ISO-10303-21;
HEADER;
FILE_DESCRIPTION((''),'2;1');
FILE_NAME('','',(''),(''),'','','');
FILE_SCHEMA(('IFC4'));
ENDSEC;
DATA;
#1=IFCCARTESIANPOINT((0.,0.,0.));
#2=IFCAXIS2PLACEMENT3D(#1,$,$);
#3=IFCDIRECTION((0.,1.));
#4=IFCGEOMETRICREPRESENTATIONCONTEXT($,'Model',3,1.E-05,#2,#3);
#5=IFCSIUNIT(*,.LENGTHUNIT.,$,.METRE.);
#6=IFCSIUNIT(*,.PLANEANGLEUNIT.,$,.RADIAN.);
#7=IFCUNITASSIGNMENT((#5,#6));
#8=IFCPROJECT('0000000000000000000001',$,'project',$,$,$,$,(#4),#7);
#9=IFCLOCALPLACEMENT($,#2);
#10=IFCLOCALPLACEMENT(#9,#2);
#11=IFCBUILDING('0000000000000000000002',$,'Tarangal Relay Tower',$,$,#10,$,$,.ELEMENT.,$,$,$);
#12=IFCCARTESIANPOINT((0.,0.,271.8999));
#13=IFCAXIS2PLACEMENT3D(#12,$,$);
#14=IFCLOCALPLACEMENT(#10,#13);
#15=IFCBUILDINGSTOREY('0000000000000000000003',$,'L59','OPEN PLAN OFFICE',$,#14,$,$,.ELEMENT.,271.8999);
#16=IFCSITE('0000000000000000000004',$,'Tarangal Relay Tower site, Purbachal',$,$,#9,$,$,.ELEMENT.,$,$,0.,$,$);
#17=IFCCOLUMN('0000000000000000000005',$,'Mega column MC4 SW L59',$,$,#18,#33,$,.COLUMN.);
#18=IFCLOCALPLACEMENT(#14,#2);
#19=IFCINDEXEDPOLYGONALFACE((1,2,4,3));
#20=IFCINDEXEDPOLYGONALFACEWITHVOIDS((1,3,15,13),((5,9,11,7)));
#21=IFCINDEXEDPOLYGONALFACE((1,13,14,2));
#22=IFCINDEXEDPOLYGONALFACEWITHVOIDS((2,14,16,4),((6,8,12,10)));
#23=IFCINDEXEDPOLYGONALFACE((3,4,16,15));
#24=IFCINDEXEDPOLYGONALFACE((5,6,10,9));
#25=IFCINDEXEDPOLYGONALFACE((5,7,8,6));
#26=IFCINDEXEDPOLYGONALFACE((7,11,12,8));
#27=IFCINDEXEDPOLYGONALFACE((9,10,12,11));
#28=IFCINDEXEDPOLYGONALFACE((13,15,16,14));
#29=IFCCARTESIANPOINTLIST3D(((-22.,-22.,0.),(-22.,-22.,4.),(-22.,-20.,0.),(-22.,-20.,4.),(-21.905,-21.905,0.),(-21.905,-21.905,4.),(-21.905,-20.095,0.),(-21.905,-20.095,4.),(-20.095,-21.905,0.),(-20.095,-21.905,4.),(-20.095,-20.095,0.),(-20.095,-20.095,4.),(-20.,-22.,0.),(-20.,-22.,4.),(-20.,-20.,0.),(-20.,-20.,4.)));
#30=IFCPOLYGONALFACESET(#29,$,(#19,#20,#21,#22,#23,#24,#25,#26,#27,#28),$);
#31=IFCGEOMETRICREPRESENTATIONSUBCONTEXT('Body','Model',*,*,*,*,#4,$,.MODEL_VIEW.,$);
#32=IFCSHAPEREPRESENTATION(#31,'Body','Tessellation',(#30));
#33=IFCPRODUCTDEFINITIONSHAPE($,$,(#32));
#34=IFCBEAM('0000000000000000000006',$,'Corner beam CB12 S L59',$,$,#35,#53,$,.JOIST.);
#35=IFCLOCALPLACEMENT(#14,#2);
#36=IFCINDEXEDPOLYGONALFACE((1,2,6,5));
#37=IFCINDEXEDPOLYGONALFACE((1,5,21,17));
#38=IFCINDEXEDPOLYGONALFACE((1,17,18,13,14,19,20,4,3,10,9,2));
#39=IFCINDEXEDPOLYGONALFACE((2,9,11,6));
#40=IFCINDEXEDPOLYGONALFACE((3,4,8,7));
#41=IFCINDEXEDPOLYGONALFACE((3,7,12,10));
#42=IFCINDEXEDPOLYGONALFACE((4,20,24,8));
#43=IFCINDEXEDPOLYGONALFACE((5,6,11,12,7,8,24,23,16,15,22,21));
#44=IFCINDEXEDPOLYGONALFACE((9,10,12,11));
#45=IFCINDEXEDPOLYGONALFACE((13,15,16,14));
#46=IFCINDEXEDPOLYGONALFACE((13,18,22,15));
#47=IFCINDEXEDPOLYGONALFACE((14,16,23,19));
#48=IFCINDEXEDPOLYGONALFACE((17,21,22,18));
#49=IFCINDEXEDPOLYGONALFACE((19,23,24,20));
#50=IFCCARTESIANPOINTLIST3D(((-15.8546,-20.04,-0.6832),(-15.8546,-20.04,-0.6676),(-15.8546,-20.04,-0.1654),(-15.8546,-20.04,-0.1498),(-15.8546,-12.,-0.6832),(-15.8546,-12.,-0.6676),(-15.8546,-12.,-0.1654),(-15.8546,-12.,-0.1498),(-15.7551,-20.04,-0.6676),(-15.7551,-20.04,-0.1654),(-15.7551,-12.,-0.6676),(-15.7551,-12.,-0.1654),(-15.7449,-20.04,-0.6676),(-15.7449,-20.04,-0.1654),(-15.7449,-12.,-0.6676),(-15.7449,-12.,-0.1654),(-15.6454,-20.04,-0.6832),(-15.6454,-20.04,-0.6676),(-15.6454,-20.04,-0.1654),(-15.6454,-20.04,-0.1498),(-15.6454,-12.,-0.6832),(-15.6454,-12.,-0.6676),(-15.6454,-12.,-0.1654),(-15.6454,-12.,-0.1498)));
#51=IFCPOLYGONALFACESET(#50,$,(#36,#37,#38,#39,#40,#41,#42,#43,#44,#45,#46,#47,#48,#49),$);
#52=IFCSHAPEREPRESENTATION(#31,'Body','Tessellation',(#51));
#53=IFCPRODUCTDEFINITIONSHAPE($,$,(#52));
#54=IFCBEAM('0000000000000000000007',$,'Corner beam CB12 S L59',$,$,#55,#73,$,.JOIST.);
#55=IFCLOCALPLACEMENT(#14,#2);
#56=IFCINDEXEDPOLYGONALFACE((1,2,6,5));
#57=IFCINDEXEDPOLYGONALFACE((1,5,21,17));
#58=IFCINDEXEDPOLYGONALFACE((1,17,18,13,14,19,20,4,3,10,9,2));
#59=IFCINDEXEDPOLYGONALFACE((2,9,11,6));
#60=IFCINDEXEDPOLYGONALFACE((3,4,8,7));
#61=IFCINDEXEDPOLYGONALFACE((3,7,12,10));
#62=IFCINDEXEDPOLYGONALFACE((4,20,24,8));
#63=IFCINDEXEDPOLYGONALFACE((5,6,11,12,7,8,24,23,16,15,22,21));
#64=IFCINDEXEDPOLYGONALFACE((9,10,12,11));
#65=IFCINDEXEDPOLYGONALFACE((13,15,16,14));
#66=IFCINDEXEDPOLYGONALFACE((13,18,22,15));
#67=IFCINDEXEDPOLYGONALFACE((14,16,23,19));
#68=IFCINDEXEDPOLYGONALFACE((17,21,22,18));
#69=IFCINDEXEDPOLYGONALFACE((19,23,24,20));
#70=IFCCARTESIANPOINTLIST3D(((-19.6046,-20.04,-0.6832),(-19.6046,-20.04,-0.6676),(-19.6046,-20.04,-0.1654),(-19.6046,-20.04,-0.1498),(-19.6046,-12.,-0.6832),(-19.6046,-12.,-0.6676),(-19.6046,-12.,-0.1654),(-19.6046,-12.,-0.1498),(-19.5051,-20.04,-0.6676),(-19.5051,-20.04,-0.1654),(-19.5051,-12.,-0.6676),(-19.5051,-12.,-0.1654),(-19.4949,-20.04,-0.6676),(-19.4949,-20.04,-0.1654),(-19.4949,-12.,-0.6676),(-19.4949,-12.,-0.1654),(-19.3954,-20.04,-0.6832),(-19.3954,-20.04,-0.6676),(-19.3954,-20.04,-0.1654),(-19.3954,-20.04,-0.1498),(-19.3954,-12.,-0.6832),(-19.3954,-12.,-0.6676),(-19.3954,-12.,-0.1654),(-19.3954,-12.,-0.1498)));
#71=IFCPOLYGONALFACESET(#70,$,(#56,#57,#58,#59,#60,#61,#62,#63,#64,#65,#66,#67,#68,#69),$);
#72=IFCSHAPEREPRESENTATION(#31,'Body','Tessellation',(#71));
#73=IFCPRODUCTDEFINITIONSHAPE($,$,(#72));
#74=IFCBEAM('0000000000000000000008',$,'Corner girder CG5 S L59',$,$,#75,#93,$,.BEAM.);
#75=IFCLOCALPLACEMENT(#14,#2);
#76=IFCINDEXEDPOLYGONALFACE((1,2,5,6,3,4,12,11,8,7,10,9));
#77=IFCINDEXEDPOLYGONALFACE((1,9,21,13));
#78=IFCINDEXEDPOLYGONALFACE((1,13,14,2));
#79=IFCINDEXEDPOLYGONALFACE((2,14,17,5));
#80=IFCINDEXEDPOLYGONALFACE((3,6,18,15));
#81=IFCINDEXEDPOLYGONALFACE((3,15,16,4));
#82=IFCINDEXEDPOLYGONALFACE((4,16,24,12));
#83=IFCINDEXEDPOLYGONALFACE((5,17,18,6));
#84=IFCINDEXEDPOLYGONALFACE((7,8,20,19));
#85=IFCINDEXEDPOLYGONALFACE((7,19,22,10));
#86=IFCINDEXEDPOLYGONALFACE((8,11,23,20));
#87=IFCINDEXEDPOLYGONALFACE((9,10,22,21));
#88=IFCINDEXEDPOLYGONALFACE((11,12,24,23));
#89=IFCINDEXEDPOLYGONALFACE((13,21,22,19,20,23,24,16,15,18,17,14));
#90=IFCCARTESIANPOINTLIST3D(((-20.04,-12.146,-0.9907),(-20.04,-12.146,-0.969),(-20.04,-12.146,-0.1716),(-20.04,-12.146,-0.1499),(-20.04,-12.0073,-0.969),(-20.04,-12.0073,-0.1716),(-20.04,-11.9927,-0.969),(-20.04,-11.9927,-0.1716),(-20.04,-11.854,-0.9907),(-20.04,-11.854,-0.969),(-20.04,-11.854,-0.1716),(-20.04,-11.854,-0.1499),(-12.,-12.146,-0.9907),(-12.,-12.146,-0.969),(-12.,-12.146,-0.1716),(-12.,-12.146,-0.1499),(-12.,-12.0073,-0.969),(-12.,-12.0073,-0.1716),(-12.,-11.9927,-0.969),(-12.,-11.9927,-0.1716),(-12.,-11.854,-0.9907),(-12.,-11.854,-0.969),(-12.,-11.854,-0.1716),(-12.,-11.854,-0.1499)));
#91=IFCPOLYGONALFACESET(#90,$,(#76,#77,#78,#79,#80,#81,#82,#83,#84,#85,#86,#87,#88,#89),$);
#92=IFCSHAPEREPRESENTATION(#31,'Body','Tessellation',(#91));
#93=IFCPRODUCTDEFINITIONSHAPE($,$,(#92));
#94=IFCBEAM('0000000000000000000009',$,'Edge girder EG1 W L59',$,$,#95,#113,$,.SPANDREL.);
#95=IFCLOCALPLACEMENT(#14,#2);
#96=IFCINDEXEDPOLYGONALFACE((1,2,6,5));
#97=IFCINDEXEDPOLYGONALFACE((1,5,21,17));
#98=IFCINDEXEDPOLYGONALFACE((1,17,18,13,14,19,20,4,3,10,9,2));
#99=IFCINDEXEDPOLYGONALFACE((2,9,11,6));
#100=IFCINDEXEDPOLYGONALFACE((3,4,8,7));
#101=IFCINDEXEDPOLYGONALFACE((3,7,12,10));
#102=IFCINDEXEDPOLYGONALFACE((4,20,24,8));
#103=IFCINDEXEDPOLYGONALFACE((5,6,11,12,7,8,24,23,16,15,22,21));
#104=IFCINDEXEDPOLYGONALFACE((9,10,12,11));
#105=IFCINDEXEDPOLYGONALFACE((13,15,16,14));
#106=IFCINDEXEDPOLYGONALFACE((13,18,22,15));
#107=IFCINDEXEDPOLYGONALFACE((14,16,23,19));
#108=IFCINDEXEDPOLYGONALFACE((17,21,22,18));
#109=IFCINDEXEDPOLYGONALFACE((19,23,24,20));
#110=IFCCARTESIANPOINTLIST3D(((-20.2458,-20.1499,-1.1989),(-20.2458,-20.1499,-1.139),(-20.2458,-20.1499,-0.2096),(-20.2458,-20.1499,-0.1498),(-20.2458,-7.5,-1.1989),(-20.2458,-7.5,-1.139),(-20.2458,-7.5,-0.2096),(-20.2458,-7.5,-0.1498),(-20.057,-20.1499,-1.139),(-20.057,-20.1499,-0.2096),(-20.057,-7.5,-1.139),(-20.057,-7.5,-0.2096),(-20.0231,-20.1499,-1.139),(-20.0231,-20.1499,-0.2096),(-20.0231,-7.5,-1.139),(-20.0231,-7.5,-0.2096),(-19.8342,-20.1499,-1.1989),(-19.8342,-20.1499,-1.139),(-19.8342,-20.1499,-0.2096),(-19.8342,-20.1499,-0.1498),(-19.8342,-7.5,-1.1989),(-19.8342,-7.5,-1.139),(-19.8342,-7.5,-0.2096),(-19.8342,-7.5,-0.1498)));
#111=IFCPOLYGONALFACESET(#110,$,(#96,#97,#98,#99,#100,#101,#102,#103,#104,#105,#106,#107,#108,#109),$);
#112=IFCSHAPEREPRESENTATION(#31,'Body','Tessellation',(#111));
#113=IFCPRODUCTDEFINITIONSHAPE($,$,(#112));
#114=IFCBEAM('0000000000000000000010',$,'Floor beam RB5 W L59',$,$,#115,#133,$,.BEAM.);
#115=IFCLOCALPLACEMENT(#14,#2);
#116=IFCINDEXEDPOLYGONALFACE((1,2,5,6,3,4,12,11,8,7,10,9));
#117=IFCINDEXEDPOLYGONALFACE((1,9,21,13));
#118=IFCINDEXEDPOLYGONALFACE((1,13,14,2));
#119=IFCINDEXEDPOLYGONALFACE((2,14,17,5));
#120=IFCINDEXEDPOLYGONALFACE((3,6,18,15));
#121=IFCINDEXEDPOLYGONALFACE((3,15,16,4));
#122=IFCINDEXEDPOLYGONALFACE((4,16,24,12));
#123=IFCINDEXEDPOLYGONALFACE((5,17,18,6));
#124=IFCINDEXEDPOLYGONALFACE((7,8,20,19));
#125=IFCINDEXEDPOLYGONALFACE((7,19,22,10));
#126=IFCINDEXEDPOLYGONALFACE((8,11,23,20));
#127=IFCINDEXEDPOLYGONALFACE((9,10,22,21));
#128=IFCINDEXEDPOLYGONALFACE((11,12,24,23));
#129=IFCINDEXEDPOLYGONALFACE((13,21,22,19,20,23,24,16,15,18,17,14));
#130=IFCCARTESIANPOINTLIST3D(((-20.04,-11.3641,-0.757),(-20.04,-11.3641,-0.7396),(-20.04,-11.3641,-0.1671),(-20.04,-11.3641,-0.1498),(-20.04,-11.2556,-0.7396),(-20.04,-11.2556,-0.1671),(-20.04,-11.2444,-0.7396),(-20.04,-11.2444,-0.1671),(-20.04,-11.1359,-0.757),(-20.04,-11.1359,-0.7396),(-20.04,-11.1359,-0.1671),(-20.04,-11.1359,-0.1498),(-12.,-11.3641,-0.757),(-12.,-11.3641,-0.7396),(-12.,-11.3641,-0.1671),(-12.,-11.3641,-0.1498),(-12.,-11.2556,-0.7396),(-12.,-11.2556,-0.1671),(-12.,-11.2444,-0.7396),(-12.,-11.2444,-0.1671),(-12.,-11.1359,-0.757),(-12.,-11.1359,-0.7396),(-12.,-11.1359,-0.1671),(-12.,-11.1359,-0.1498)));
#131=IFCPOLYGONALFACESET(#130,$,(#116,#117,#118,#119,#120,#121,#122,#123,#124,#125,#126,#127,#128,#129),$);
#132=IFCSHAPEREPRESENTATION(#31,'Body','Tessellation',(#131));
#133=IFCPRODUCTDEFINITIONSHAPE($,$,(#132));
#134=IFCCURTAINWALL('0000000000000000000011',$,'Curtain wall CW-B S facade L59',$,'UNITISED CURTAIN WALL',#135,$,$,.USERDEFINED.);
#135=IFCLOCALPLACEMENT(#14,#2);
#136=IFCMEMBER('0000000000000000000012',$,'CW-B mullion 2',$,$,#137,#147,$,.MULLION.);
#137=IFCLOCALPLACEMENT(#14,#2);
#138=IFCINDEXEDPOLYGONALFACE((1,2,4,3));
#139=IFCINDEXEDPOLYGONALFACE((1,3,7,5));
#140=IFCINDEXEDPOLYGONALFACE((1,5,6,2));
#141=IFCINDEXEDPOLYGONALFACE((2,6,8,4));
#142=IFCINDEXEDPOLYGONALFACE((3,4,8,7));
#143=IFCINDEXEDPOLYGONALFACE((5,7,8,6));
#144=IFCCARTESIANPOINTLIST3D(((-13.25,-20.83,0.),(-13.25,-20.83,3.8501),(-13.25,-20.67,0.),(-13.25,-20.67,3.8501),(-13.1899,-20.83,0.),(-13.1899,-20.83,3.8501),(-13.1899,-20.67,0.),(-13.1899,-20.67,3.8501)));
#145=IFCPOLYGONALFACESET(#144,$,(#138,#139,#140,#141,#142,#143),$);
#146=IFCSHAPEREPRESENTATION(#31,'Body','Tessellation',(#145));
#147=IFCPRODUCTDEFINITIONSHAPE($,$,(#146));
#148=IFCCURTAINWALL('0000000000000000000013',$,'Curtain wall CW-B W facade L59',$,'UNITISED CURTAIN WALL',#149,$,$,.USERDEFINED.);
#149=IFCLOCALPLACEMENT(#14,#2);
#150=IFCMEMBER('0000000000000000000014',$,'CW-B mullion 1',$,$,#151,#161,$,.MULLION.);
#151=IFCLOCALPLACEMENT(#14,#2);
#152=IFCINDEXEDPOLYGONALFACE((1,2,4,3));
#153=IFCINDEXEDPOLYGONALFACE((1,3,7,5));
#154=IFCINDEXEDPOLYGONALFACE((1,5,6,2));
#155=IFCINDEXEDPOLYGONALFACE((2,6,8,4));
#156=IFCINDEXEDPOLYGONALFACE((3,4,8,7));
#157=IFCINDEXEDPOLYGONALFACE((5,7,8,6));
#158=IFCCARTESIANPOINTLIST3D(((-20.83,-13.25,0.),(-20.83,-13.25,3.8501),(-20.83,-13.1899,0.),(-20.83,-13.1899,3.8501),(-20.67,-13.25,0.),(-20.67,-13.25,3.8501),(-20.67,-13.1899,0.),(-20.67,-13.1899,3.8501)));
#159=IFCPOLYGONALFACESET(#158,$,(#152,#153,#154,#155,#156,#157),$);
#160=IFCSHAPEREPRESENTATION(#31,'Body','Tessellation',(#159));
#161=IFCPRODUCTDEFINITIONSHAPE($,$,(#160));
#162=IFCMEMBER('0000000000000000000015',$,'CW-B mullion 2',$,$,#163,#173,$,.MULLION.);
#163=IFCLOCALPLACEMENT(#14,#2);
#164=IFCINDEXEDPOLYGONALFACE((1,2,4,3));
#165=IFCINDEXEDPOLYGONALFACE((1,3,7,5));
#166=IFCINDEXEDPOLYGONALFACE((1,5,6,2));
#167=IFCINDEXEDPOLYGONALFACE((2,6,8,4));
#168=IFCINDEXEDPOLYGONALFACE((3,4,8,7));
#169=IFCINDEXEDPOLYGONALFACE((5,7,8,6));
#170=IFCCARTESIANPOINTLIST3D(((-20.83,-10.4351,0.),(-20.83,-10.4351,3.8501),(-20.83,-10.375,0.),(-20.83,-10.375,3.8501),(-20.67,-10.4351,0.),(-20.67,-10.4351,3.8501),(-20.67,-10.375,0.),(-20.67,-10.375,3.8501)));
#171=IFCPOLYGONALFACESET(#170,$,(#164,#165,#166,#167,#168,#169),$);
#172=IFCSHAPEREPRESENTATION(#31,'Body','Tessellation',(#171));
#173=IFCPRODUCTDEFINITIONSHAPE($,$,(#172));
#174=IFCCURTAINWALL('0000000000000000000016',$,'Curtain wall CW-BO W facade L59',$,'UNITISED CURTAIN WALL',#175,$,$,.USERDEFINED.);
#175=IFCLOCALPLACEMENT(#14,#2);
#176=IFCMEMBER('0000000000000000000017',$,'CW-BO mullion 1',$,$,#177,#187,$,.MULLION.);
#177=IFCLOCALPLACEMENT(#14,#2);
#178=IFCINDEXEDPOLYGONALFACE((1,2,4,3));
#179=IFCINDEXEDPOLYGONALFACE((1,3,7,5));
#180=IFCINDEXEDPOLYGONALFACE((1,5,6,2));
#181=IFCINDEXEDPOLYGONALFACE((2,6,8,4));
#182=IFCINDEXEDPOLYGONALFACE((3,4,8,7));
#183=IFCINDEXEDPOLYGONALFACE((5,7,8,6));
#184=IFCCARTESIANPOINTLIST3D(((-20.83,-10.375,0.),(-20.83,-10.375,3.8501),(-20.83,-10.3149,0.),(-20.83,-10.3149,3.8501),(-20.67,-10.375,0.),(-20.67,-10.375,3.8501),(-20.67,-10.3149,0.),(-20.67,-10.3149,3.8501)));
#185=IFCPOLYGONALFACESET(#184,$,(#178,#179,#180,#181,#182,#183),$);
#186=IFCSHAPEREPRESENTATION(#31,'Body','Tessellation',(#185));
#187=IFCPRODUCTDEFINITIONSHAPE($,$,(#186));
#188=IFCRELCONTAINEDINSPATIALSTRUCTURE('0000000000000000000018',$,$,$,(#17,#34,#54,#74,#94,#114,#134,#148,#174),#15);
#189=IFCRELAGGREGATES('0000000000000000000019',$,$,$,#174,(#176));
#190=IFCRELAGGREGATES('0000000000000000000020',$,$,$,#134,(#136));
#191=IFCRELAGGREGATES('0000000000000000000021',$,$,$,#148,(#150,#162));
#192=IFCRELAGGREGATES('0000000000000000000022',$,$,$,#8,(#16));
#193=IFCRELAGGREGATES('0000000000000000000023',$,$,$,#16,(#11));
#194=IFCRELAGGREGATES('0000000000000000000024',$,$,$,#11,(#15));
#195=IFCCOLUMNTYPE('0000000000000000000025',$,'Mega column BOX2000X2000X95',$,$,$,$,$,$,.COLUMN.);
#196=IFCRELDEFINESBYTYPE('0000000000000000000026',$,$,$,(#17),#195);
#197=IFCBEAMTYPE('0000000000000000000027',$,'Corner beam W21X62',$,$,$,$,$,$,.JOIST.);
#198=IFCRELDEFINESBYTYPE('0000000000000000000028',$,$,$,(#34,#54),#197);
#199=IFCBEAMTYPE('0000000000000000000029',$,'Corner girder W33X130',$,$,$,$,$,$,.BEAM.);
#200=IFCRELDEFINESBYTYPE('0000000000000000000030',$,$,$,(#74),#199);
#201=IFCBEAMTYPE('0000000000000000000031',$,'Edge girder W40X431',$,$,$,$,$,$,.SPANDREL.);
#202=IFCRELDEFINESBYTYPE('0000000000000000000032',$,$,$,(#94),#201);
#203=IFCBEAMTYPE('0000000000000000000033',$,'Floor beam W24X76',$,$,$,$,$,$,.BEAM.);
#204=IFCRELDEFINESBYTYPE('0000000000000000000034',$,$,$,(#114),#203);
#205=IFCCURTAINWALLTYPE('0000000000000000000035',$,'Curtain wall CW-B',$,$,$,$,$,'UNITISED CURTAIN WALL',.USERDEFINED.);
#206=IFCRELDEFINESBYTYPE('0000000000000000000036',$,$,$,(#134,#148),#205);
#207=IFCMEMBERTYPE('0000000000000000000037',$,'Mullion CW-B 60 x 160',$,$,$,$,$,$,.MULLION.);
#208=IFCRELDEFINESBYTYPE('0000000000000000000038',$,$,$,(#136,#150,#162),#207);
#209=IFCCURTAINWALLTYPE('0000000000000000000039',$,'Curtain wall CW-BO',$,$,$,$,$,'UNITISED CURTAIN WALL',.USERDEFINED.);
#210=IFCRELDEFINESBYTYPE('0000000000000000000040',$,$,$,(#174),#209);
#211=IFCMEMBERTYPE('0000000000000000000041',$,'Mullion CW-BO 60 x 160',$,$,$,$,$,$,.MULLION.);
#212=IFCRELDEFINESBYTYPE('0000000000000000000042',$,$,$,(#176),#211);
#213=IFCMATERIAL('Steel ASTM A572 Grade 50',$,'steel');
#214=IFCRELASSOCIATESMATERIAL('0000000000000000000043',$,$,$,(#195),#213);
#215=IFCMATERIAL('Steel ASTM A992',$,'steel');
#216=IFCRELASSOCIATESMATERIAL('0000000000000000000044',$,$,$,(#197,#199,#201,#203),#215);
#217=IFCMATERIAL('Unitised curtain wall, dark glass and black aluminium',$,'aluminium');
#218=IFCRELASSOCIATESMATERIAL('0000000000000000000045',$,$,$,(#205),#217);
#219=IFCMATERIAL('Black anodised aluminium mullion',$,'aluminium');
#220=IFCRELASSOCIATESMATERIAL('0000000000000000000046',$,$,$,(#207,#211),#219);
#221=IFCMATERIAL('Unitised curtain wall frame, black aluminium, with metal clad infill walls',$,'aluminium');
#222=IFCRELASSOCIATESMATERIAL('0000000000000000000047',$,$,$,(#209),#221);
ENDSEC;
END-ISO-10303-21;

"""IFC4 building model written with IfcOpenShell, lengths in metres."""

from ifc_helpers import new_model, si_unit, direction, frame, origin, origin_2d, place, context, subcontext, project, spatial, rectangle, hollow_rectangle, i_section, extrude, material, material_profile, profile_set, type_object, element, aggregate, save


model = new_model("IFC4")

# Units and contexts
model_context = context("Model", 3, precision=1e-05, world=origin(), true_north=direction((0.0, 1.0)))
body_context = subcontext(model_context, "Body", "Model", "MODEL_VIEW")
ifc_project = project(units=[si_unit("LENGTHUNIT", "METRE"), si_unit("PLANEANGLEUNIT", "RADIAN")], contexts=[model_context])

# Site, building, storey
site_placement = place(None, origin())
site = spatial("IfcSite", under=ifc_project, at=site_placement, Name="Tarangal Relay Tower site, Purbachal", CompositionType="ELEMENT", RefElevation=0.0)
building_placement = place(site_placement, origin())
building = spatial("IfcBuilding", under=site, at=building_placement, Name="Tarangal Relay Tower", CompositionType="ELEMENT")
storey_placement = place(building_placement, frame((0.0, 0.0, 271.8999)))
storey = spatial("IfcBuildingStorey", under=building, at=storey_placement, Name="L59", Description="OPEN PLAN OFFICE", CompositionType="ELEMENT", Elevation=271.8999)

# Column
ifc_material_1 = material(Name="Steel ASTM A572 Grade 50", Category="steel")
ifc_material_profile_1 = material_profile(ifc_material_1, hollow_rectangle(XDim=2.0, YDim=2.0, WallThickness=0.095, at=origin_2d()), Name="BOX2000X2000X95")
ifc_profile_set_1 = profile_set([ifc_material_profile_1], Name="Steel ASTM A572 Grade 50")
column_type = type_object("IfcColumnType", Name="Mega column BOX2000X2000X95", PredefinedType="COLUMN", material=ifc_profile_set_1)
column_placement = place(storey_placement, frame((-21.0, -21.0, 0.0), z_axis=(0.0, 0.0, 1.0), x_axis=(1.0, 0.0, 0.0)))
element("IfcColumn", 1, at=column_placement, inside=storey, type_object=column_type, Name="Mega column MC4 SW L59", PredefinedType="COLUMN", context=body_context, shape_type="SweptSolid", body=[
    extrude(hollow_rectangle(XDim=2.0, YDim=2.0, WallThickness=0.095, at=origin_2d()), origin(), (0.0, 0.0, 1.0), 4.0),
])

# Beams
ifc_material_2 = material(Name="Steel ASTM A992", Category="steel")
ifc_material_profile_2 = material_profile(ifc_material_2, i_section(OverallWidth=0.2092, OverallDepth=0.5334, WebThickness=0.0103, FlangeThickness=0.0156, at=origin_2d()), Name="W21X62")
ifc_profile_set_2 = profile_set([ifc_material_profile_2], Name="Steel ASTM A992")
beam_type_1 = type_object("IfcBeamType", Name="Corner beam W21X62", PredefinedType="JOIST", material=ifc_profile_set_2)
for number, where, z_axis, x_axis, name in (
    (2, (-15.75, -12.0, -0.4165), (0.0, -1.0, 0.0), (1.0, 0.0, 0.0), "Corner beam CB12 S L59"),
    (3, (-19.5, -12.0, -0.4165), (0.0, -1.0, 0.0), (1.0, 0.0, 0.0), "Corner beam CB12 S L59"),
):
    element("IfcBeam", number, at=place(storey_placement, frame(where, z_axis=z_axis, x_axis=x_axis)), inside=storey, type_object=beam_type_1, Name=name, PredefinedType="JOIST", context=body_context, shape_type="SweptSolid", body=[
        extrude(i_section(OverallWidth=0.2092, OverallDepth=0.5334, WebThickness=0.0103, FlangeThickness=0.0156, at=origin_2d()), origin(), (0.0, 0.0, 1.0), 8.04),
    ])
ifc_material_profile_3 = material_profile(ifc_material_2, i_section(OverallWidth=0.292, OverallDepth=0.8408, WebThickness=0.0146, FlangeThickness=0.0217, at=origin_2d()), Name="W33X130")
ifc_profile_set_3 = profile_set([ifc_material_profile_3], Name="Steel ASTM A992")
beam_type_2 = type_object("IfcBeamType", Name="Corner girder W33X130", PredefinedType="BEAM", material=ifc_profile_set_3)
beam_1_placement = place(storey_placement, frame((-12.0, -12.0, -0.5703), z_axis=(-1.0, 0.0, 0.0), x_axis=(0.0, -1.0, 0.0)))
element("IfcBeam", 4, at=beam_1_placement, inside=storey, type_object=beam_type_2, Name="Corner girder CG5 S L59", PredefinedType="BEAM", context=body_context, shape_type="SweptSolid", body=[
    extrude(i_section(OverallWidth=0.292, OverallDepth=0.8408, WebThickness=0.0146, FlangeThickness=0.0217, at=origin_2d()), origin(), (0.0, 0.0, 1.0), 8.04),
])
ifc_material_profile_4 = material_profile(ifc_material_2, i_section(OverallWidth=0.4116, OverallDepth=1.0491, WebThickness=0.0339, FlangeThickness=0.0598, at=origin_2d()), Name="W40X431")
ifc_profile_set_4 = profile_set([ifc_material_profile_4], Name="Steel ASTM A992")
beam_type_3 = type_object("IfcBeamType", Name="Edge girder W40X431", PredefinedType="SPANDREL", material=ifc_profile_set_4)
beam_2_placement = place(storey_placement, frame((-20.04, -20.1499, -0.6743), z_axis=(0.0, 1.0, 0.0), x_axis=(-1.0, 0.0, 0.0)))
element("IfcBeam", 5, at=beam_2_placement, inside=storey, type_object=beam_type_3, Name="Edge girder EG1 W L59", PredefinedType="SPANDREL", context=body_context, shape_type="SweptSolid", body=[
    extrude(i_section(OverallWidth=0.4116, OverallDepth=1.0491, WebThickness=0.0339, FlangeThickness=0.0598, at=origin_2d()), origin(), (0.0, 0.0, 1.0), 12.6499),
])
ifc_material_profile_5 = material_profile(ifc_material_2, i_section(OverallWidth=0.2283, OverallDepth=0.6072, WebThickness=0.0112, FlangeThickness=0.0173, at=origin_2d()), Name="W24X76")
ifc_profile_set_5 = profile_set([ifc_material_profile_5], Name="Steel ASTM A992")
beam_type_4 = type_object("IfcBeamType", Name="Floor beam W24X76", PredefinedType="BEAM", material=ifc_profile_set_5)
beam_3_placement = place(storey_placement, frame((-12.0, -11.25, -0.4534), z_axis=(-1.0, 0.0, 0.0), x_axis=(0.0, -1.0, 0.0)))
element("IfcBeam", 6, at=beam_3_placement, inside=storey, type_object=beam_type_4, Name="Floor beam RB5 W L59", PredefinedType="BEAM", context=body_context, shape_type="SweptSolid", body=[
    extrude(i_section(OverallWidth=0.2283, OverallDepth=0.6072, WebThickness=0.0112, FlangeThickness=0.0173, at=origin_2d()), origin(), (0.0, 0.0, 1.0), 8.04),
])

# Curtain wall, member
ifc_material_3 = material(Name="Unitised curtain wall, dark glass and black aluminium", Category="aluminium")
curtain_wall_type_1 = type_object("IfcCurtainWallType", Name="Curtain wall CW-B", ElementType="UNITISED CURTAIN WALL", PredefinedType="USERDEFINED", material=ifc_material_3)
curtain_wall_1_placement = place(storey_placement, origin())
curtain_wall_1 = element("IfcCurtainWall", 7, at=curtain_wall_1_placement, inside=storey, type_object=curtain_wall_type_1, Name="Curtain wall CW-B S facade L59", ObjectType="UNITISED CURTAIN WALL", PredefinedType="USERDEFINED")
ifc_material_4 = material(Name="Black anodised aluminium mullion", Category="aluminium")
ifc_material_profile_6 = material_profile(ifc_material_4, rectangle(XDim=0.1599, YDim=0.0601, at=origin_2d()), Name="CW-BM 60X160")
ifc_profile_set_6 = profile_set([ifc_material_profile_6], Name="Black anodised aluminium mullion")
member_type_1 = type_object("IfcMemberType", Name="Mullion CW-B 60 x 160", PredefinedType="MULLION", material=ifc_profile_set_6)
member_1_placement = place(storey_placement, frame((-13.22, -20.75, 0.0), z_axis=(0.0, 0.0, 1.0), x_axis=(0.0, -1.0, 0.0)))
member_1 = element("IfcMember", 8, at=member_1_placement, type_object=member_type_1, Name="CW-B mullion 2", PredefinedType="MULLION", context=body_context, shape_type="SweptSolid", body=[
    extrude(rectangle(XDim=0.1599, YDim=0.0601, at=origin_2d()), origin(), (0.0, 0.0, 1.0), 3.8501),
])

# Curtain wall, members
curtain_wall_2_placement = place(storey_placement, origin())
curtain_wall_2 = element("IfcCurtainWall", 9, at=curtain_wall_2_placement, inside=storey, type_object=curtain_wall_type_1, Name="Curtain wall CW-B W facade L59", ObjectType="UNITISED CURTAIN WALL", PredefinedType="USERDEFINED")
member_2_placement = place(storey_placement, frame((-20.75, -13.22, 0.0), z_axis=(0.0, 0.0, 1.0), x_axis=(-1.0, 0.0, 0.0)))
member_2 = element("IfcMember", 10, at=member_2_placement, type_object=member_type_1, Name="CW-B mullion 1", PredefinedType="MULLION", context=body_context, shape_type="SweptSolid", body=[
    extrude(rectangle(XDim=0.1599, YDim=0.0601, at=origin_2d()), origin(), (0.0, 0.0, 1.0), 3.8501),
])
member_3_placement = place(storey_placement, frame((-20.75, -10.405, 0.0), z_axis=(0.0, 0.0, 1.0), x_axis=(-1.0, 0.0, 0.0)))
member_3 = element("IfcMember", 11, at=member_3_placement, type_object=member_type_1, Name="CW-B mullion 2", PredefinedType="MULLION", context=body_context, shape_type="SweptSolid", body=[
    extrude(rectangle(XDim=0.1599, YDim=0.0601, at=origin_2d()), origin(), (0.0, 0.0, 1.0), 3.8501),
])

# Curtain wall, member
ifc_material_5 = material(Name="Unitised curtain wall frame, black aluminium, with metal clad infill walls", Category="aluminium")
curtain_wall_type_2 = type_object("IfcCurtainWallType", Name="Curtain wall CW-BO", ElementType="UNITISED CURTAIN WALL", PredefinedType="USERDEFINED", material=ifc_material_5)
curtain_wall_3_placement = place(storey_placement, origin())
curtain_wall_3 = element("IfcCurtainWall", 12, at=curtain_wall_3_placement, inside=storey, type_object=curtain_wall_type_2, Name="Curtain wall CW-BO W facade L59", ObjectType="UNITISED CURTAIN WALL", PredefinedType="USERDEFINED")
ifc_material_profile_7 = material_profile(ifc_material_4, rectangle(XDim=0.1599, YDim=0.0601, at=origin_2d()), Name="CW-BOM 60X160")
ifc_profile_set_7 = profile_set([ifc_material_profile_7], Name="Black anodised aluminium mullion")
member_type_2 = type_object("IfcMemberType", Name="Mullion CW-BO 60 x 160", PredefinedType="MULLION", material=ifc_profile_set_7)
member_4_placement = place(storey_placement, frame((-20.75, -10.345, 0.0), z_axis=(0.0, 0.0, 1.0), x_axis=(-1.0, 0.0, 0.0)))
member_4 = element("IfcMember", 13, at=member_4_placement, type_object=member_type_2, Name="CW-BO mullion 1", PredefinedType="MULLION", context=body_context, shape_type="SweptSolid", body=[
    extrude(rectangle(XDim=0.1599, YDim=0.0601, at=origin_2d()), origin(), (0.0, 0.0, 1.0), 3.8501),
])
aggregate(curtain_wall_3, [member_4])

aggregate(curtain_wall_1, [member_1])
aggregate(curtain_wall_2, [member_2, member_3])

save(model, "model.ifc")
